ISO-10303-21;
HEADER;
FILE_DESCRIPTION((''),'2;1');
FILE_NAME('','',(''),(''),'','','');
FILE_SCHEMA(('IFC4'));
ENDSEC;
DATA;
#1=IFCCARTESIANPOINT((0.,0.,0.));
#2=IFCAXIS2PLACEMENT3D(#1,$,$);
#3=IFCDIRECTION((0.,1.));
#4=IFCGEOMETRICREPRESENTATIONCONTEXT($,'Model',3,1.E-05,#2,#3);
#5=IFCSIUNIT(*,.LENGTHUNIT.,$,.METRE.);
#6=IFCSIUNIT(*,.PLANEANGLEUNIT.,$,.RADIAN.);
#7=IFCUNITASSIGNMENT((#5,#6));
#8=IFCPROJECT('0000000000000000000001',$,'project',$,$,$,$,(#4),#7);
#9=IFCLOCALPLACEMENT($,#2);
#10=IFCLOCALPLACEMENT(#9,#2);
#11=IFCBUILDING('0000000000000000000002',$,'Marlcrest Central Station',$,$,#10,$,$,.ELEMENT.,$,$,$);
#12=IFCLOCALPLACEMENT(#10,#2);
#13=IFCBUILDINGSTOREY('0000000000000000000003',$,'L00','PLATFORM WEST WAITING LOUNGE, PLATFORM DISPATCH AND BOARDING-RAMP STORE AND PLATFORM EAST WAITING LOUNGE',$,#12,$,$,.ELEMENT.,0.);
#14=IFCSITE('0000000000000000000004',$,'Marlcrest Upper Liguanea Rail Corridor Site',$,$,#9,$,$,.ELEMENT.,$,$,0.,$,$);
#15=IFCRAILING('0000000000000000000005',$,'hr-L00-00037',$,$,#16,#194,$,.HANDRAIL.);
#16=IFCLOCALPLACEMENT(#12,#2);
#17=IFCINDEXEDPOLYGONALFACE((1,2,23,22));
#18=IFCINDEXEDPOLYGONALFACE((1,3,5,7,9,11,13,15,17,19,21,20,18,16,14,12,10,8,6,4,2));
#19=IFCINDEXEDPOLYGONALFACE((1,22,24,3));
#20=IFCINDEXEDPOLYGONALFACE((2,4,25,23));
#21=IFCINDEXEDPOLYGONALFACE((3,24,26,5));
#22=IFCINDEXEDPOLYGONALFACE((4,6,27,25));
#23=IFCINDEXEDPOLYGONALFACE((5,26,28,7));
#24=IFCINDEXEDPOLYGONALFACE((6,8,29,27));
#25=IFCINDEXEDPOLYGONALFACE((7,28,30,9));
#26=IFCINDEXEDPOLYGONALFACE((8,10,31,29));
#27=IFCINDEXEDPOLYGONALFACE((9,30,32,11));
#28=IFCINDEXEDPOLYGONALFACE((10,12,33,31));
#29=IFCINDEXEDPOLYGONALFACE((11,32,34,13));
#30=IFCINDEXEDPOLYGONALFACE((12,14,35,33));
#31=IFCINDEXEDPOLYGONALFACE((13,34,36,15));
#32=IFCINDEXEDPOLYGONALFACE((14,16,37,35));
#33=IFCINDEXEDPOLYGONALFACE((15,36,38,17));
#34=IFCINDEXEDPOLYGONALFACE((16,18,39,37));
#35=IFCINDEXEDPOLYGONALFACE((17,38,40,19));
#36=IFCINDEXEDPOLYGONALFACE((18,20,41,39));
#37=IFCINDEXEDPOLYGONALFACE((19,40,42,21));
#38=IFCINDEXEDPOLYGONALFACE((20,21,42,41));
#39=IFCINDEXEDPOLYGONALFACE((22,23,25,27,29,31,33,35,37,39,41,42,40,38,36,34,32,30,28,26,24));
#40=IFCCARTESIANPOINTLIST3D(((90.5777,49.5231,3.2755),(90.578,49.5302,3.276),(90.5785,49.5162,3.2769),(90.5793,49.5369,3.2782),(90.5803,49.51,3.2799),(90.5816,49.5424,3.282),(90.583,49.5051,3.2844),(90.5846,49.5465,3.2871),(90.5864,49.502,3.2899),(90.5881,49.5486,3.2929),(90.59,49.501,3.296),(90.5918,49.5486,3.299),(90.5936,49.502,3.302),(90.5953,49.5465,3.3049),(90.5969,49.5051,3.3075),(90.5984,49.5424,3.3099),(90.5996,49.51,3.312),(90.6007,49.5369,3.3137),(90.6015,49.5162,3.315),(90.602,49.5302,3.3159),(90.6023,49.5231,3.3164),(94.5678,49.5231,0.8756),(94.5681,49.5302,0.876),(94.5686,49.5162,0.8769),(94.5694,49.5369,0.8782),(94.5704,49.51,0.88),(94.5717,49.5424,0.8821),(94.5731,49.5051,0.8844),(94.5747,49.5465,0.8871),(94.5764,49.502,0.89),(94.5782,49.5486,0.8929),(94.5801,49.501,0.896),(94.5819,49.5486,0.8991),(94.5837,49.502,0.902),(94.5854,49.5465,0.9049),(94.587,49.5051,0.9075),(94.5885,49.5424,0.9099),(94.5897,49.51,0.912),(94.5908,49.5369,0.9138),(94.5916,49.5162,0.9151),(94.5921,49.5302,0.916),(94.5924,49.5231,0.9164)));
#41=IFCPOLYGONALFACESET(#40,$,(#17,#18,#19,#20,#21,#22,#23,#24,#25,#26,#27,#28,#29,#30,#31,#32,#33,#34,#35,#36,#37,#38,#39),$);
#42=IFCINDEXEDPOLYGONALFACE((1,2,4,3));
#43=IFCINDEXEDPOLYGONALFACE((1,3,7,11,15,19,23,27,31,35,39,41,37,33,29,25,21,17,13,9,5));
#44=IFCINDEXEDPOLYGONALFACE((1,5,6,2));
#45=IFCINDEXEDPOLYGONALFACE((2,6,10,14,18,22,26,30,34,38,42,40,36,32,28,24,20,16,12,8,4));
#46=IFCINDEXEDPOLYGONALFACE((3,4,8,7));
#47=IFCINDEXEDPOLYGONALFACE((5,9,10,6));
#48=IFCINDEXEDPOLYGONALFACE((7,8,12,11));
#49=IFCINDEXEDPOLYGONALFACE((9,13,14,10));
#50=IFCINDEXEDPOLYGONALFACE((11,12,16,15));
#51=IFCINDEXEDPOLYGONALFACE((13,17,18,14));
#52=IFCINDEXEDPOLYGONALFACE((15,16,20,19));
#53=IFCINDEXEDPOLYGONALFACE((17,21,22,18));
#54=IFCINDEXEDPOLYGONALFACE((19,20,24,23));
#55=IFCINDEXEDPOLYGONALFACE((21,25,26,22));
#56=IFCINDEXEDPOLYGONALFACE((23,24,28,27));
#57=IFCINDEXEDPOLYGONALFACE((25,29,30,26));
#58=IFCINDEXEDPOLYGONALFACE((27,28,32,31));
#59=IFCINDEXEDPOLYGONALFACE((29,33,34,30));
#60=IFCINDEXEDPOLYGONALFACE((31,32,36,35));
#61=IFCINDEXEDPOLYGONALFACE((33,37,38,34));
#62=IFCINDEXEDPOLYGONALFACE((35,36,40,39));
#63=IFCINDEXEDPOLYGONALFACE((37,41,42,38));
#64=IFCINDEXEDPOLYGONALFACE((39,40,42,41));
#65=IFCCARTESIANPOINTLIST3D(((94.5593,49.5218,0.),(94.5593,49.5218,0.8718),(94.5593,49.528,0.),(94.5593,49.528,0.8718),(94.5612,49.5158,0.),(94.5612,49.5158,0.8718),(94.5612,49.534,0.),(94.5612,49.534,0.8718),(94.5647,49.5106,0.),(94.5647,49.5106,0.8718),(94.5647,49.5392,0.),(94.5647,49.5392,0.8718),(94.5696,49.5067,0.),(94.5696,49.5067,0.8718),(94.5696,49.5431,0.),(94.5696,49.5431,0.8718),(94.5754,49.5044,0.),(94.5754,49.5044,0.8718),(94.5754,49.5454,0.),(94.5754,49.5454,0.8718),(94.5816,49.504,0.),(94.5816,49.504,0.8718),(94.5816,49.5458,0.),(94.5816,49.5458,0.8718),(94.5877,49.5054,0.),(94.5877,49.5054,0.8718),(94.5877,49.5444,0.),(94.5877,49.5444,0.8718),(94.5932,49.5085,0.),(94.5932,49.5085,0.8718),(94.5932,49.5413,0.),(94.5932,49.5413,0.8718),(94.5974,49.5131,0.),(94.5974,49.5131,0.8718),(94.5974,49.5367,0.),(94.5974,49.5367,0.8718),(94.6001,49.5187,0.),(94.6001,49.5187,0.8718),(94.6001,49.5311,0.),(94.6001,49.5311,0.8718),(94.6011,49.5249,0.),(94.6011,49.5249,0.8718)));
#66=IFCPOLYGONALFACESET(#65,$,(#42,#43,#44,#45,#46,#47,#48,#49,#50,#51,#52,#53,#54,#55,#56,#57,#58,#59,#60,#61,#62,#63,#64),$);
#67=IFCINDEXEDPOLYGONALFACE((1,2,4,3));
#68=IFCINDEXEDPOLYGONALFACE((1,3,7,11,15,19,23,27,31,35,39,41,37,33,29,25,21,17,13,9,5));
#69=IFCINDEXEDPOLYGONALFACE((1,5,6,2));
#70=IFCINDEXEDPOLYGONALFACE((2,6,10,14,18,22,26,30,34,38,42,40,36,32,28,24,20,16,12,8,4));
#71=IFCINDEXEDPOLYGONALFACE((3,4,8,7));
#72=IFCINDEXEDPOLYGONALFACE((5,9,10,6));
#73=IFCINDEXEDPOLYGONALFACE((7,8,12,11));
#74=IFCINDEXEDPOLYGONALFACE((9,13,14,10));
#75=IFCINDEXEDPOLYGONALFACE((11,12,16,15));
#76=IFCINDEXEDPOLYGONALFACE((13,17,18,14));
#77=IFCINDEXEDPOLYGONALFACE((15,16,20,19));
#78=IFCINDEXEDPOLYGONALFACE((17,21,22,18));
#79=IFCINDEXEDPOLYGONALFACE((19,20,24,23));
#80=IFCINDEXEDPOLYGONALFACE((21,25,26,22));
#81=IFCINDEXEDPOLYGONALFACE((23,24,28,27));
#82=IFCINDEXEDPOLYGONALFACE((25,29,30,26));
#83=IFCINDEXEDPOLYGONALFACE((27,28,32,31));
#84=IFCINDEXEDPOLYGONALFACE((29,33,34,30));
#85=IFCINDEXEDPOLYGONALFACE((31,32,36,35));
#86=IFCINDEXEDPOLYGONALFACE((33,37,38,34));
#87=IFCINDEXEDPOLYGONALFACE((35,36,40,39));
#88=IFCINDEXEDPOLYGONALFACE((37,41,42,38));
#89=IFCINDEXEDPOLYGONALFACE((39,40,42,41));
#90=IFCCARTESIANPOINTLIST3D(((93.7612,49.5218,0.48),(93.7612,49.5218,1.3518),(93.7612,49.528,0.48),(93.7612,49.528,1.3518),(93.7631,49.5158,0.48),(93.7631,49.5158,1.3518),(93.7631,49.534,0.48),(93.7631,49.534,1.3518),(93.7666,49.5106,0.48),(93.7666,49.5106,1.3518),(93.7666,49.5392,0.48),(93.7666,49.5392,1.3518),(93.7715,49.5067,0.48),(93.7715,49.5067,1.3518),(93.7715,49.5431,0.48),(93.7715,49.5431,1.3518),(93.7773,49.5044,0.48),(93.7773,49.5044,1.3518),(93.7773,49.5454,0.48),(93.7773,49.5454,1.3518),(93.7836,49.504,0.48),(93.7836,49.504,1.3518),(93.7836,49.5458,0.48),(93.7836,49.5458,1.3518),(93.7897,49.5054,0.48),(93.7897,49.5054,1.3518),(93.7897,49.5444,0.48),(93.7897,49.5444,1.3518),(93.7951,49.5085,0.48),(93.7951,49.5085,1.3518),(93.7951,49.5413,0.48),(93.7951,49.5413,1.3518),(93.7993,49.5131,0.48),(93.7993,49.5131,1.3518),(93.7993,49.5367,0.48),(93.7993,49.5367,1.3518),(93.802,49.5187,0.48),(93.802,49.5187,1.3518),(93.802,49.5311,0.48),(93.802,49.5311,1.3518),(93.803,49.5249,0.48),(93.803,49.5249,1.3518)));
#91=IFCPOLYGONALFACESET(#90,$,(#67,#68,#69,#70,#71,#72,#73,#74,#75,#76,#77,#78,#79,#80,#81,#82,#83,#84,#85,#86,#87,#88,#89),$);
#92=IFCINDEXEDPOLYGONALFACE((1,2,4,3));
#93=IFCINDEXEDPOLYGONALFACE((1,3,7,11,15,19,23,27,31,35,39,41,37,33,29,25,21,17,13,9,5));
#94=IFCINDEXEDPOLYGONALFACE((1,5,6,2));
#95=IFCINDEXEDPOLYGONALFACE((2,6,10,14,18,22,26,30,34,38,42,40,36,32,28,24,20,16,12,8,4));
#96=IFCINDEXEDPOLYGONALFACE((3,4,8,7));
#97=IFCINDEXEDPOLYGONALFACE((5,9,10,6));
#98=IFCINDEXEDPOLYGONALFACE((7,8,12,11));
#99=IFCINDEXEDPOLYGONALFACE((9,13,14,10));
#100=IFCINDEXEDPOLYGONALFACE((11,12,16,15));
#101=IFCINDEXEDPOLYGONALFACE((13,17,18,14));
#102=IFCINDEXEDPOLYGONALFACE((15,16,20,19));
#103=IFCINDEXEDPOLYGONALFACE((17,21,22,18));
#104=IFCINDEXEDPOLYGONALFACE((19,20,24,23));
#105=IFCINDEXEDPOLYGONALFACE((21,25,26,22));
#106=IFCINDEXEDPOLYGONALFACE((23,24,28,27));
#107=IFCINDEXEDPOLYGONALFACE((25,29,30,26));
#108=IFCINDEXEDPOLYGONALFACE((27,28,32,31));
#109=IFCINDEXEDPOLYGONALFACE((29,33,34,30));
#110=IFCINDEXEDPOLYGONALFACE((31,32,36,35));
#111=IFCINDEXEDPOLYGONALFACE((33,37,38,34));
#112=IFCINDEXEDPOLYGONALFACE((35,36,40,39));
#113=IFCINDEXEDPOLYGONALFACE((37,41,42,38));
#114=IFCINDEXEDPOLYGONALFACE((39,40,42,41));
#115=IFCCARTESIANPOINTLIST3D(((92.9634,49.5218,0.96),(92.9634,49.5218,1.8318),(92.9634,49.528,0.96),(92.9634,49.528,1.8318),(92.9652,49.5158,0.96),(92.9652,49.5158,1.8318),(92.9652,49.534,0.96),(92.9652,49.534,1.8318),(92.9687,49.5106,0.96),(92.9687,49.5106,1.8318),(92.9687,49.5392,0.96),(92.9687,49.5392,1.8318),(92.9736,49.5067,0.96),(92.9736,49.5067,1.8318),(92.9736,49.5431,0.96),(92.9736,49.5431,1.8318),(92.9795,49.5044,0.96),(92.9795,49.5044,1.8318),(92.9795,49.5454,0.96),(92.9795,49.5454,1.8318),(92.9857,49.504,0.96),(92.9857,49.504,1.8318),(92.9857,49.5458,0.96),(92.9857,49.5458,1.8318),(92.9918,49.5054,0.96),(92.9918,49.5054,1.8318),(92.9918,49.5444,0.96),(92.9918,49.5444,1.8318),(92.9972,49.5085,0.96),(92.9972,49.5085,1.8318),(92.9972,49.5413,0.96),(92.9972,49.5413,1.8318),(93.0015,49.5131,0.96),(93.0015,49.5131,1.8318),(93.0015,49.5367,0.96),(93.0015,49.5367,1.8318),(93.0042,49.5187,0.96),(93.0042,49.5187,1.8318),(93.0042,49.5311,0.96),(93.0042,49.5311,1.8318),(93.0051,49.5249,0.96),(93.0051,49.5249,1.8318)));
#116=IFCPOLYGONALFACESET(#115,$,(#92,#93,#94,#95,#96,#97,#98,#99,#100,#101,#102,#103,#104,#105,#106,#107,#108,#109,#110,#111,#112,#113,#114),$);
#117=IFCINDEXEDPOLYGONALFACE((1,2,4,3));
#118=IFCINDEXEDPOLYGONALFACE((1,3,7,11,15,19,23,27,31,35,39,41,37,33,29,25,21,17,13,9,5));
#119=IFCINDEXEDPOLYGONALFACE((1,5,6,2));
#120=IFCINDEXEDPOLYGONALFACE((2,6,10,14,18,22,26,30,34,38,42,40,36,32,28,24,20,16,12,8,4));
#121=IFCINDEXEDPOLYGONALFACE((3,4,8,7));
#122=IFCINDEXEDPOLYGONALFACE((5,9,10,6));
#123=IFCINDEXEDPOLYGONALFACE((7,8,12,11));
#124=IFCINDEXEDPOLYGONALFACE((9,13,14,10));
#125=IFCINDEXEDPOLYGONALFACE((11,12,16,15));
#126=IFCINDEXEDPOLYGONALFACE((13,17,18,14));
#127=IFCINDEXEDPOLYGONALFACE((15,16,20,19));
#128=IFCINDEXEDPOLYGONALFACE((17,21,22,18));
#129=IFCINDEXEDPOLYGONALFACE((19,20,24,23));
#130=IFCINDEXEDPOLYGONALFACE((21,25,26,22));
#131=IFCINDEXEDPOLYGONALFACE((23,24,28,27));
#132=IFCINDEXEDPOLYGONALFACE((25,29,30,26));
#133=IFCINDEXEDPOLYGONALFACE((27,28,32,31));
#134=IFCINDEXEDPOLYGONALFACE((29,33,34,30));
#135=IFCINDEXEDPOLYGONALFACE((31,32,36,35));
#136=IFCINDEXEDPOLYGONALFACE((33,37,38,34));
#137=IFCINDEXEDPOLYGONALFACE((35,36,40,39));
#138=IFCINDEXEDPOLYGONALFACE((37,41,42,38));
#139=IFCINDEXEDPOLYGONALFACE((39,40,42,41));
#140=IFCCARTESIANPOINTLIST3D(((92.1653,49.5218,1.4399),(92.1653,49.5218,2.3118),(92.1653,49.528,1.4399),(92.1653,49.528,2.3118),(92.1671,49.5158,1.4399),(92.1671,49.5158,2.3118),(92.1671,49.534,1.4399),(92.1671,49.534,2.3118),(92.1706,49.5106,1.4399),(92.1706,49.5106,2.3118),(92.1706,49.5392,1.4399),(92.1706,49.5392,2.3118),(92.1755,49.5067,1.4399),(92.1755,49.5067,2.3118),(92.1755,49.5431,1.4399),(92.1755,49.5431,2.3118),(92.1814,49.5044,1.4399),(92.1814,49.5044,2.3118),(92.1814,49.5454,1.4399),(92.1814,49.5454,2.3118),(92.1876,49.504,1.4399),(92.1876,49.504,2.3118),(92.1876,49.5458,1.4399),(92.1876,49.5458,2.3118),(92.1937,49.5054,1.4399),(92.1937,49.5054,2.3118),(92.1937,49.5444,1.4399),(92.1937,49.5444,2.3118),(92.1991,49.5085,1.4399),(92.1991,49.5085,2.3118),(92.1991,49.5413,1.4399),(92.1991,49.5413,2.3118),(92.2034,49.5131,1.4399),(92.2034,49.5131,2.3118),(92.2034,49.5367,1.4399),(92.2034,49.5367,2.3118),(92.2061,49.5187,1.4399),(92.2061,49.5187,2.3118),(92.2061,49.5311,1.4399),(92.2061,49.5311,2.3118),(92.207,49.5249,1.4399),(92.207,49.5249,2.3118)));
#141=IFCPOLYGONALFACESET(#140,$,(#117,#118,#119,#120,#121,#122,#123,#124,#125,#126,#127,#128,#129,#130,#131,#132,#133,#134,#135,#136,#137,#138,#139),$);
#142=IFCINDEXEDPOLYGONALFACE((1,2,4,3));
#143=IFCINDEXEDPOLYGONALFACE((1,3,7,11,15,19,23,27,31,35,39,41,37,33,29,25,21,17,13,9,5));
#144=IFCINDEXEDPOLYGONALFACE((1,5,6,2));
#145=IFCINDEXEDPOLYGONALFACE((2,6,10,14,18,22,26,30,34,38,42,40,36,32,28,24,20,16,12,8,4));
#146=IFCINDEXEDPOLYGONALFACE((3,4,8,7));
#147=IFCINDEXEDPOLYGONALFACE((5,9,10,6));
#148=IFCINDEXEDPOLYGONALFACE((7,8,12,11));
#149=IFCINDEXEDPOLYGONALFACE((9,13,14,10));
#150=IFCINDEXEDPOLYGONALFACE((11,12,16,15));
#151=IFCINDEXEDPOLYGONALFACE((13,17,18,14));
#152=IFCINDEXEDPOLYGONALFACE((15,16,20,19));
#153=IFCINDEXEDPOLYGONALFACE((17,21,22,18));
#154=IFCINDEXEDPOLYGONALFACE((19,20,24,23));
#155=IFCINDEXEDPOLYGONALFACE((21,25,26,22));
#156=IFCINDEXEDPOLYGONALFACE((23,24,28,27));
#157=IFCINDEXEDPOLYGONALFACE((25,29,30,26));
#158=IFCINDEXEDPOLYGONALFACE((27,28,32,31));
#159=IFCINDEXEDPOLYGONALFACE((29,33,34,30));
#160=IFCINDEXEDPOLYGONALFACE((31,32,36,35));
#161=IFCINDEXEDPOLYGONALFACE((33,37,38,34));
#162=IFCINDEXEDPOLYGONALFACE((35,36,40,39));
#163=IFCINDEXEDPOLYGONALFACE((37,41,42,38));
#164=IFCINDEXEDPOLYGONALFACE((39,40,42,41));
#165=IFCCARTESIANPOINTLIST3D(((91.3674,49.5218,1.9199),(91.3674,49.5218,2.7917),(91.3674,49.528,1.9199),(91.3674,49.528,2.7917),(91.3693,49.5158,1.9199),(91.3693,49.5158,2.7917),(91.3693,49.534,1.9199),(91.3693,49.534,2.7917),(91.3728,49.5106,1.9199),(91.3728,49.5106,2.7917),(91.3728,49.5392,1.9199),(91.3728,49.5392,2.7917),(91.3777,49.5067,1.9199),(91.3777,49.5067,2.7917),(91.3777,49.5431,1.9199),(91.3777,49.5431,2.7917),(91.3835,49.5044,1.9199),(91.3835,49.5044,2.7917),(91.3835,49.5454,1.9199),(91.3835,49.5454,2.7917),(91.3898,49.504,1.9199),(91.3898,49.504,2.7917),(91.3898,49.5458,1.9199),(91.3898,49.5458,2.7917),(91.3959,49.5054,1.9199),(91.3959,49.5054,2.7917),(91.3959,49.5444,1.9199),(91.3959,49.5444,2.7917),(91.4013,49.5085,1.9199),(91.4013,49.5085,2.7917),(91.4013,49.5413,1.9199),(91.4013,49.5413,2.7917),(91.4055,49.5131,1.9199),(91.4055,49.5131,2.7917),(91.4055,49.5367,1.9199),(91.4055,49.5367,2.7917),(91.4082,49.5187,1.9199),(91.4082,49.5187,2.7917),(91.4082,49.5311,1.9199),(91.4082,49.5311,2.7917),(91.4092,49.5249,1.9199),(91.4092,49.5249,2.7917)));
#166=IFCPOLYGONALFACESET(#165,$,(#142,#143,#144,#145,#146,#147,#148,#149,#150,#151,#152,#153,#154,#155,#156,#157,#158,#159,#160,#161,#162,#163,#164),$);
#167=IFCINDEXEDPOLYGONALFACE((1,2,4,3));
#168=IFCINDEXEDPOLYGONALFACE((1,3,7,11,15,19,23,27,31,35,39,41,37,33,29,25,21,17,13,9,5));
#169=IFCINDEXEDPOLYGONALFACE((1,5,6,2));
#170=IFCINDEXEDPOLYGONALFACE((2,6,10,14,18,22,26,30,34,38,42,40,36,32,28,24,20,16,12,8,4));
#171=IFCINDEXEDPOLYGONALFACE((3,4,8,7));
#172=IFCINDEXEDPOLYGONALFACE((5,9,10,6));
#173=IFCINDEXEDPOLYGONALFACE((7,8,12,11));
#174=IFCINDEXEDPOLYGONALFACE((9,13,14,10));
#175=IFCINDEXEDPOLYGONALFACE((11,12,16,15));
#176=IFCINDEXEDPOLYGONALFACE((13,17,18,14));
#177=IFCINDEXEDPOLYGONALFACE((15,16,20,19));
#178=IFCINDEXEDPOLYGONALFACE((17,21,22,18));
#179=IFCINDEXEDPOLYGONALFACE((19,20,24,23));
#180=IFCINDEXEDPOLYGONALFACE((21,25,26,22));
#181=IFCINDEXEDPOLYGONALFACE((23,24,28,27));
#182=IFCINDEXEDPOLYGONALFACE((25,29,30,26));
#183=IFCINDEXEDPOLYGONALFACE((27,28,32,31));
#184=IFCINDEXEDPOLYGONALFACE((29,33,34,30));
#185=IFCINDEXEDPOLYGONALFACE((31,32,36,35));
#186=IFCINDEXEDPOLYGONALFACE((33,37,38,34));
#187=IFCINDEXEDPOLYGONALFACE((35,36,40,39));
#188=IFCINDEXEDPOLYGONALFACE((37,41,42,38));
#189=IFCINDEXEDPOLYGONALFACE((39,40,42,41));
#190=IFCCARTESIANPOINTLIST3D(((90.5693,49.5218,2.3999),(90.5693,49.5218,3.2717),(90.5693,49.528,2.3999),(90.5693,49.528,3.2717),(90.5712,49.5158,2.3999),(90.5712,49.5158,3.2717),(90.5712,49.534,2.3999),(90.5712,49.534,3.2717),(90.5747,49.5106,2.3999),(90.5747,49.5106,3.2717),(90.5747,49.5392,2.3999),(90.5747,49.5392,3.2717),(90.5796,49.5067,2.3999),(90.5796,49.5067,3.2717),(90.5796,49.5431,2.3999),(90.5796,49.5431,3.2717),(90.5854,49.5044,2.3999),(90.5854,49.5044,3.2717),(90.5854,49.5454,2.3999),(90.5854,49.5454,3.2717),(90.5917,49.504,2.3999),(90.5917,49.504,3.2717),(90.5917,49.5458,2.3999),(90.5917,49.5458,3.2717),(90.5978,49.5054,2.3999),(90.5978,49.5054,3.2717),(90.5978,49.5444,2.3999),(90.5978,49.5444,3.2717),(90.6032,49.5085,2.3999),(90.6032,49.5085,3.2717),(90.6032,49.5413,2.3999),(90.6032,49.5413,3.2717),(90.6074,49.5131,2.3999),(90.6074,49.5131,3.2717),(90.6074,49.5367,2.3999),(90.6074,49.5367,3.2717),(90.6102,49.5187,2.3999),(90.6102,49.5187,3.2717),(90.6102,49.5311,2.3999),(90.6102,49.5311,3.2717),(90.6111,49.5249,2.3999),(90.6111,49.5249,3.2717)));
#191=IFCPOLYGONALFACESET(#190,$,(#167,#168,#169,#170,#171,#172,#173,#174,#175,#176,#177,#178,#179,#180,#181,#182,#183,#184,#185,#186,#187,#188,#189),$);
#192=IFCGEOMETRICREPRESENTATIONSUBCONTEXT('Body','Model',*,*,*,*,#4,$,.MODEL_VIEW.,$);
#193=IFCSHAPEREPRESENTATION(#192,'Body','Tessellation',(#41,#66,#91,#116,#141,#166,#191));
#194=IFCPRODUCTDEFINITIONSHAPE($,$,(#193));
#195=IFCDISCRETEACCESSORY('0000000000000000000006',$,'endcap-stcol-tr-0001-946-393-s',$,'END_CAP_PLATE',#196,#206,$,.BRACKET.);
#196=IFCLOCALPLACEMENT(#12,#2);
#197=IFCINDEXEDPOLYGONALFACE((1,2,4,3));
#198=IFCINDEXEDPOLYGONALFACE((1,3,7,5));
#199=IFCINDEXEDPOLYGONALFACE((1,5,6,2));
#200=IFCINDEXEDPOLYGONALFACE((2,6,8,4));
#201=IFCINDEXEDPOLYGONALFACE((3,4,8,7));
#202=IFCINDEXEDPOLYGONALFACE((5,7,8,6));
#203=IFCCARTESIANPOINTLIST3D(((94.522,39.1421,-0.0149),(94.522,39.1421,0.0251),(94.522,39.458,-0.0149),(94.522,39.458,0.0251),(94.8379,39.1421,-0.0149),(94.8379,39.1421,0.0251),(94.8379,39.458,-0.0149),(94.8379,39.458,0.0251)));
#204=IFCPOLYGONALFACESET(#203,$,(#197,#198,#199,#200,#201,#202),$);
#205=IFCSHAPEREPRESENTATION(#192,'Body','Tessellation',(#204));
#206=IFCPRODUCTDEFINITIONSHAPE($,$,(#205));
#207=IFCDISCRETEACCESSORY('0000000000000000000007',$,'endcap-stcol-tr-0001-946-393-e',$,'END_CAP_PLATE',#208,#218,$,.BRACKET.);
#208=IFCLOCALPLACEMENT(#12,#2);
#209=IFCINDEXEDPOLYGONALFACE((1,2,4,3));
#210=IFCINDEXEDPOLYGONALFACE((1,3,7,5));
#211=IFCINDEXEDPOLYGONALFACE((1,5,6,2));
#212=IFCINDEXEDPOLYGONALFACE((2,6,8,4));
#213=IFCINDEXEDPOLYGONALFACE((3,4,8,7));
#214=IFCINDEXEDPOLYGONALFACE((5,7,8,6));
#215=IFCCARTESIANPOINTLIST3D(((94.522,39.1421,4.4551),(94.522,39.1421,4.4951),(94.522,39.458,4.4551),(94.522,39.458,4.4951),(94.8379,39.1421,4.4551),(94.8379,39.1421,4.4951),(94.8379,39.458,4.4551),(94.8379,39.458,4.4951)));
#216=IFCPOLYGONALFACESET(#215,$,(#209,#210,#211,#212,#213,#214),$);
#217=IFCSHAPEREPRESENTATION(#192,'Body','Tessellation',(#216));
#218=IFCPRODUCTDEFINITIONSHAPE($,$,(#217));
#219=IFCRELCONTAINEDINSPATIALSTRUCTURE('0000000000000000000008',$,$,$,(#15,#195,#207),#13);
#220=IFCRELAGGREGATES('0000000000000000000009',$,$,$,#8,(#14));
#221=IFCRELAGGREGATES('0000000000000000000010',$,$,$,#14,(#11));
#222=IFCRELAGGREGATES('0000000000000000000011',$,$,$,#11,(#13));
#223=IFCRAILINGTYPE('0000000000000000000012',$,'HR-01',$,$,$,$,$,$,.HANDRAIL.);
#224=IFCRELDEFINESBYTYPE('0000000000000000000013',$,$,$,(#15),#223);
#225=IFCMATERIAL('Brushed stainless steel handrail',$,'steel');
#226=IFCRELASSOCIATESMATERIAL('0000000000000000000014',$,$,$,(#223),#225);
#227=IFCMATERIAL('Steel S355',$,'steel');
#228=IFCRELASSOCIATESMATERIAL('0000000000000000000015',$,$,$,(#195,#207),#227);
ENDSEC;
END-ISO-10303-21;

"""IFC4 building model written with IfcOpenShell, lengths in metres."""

from ifc_helpers import new_model, si_unit, direction, frame, origin, origin_2d, place, context, subcontext, project, spatial, rectangle, circle, extrude, material, type_object, element, save


model = new_model("IFC4")

# Units and contexts
model_context = context("Model", 3, precision=1e-05, world=origin(), true_north=direction((0.0, 1.0)))
body_context = subcontext(model_context, "Body", "Model", "MODEL_VIEW")
ifc_project = project(units=[si_unit("LENGTHUNIT", "METRE"), si_unit("PLANEANGLEUNIT", "RADIAN")], contexts=[model_context])

# Site, building, storey
site_placement = place(None, origin())
site = spatial("IfcSite", under=ifc_project, at=site_placement, Name="Marlcrest Upper Liguanea Rail Corridor Site", CompositionType="ELEMENT", RefElevation=0.0)
building_placement = place(site_placement, origin())
building = spatial("IfcBuilding", under=site, at=building_placement, Name="Marlcrest Central Station", CompositionType="ELEMENT")
storey_placement = place(building_placement, origin())
storey = spatial("IfcBuildingStorey", under=building, at=storey_placement, Name="L00", Description="PLATFORM WEST WAITING LOUNGE, PLATFORM DISPATCH AND BOARDING-RAMP STORE AND PLATFORM EAST WAITING LOUNGE", CompositionType="ELEMENT", Elevation=0.0)

# Shared definitions
ifc_material_1 = material(Name="Steel S355", Category="steel")

# Railing
ifc_material_2 = material(Name="Brushed stainless steel handrail", Category="steel")
railing_type = type_object("IfcRailingType", Name="HR-01", PredefinedType="HANDRAIL", material=ifc_material_2)
railing_1_placement = place(storey_placement, frame((94.5801, 49.5249, 0.0)))
element("IfcRailing", 1, at=railing_1_placement, inside=storey, type_object=railing_type, Name="hr-L00-00037", PredefinedType="HANDRAIL", context=body_context, shape_type="SweptSolid", body=[
    extrude(circle(Radius=0.0239, at=origin_2d()), frame((0.0, 0.0, 0.896), z_axis=(-0.856933, 0.0, 0.515428), x_axis=(0.0, -1.0, 0.0)), (0.0, 0.0, 1.0), 4.6562),
    extrude(circle(Radius=0.021, at=origin_2d()), origin(), (0.0, 0.0, 1.0), 0.8718),
    extrude(circle(Radius=0.021, at=origin_2d()), frame((-0.7981, 0.0, 0.48)), (0.0, 0.0, 1.0), 0.8718),
    extrude(circle(Radius=0.021, at=origin_2d()), frame((-1.5959, 0.0, 0.96)), (0.0, 0.0, 1.0), 0.8718),
    extrude(circle(Radius=0.021, at=origin_2d()), frame((-2.394, 0.0, 1.4399)), (0.0, 0.0, 1.0), 0.8718),
    extrude(circle(Radius=0.021, at=origin_2d()), frame((-3.1919, 0.0, 1.9199)), (0.0, 0.0, 1.0), 0.8718),
    extrude(circle(Radius=0.021, at=origin_2d()), frame((-3.99, 0.0, 2.3999)), (0.0, 0.0, 1.0), 0.8718),
])

# Discrete accessories
for number, where, z_axis, x_axis, name in (
    (2, (94.6799, 39.3, -0.0149), (0.0, 0.0, 1.0), (1.0, 0.0, 0.0), "endcap-stcol-tr-0001-946-393-s"),
    (3, (94.6799, 39.3, 4.4551), (0.0, 0.0, 1.0), (1.0, 0.0, 0.0), "endcap-stcol-tr-0001-946-393-e"),
):
    element("IfcDiscreteAccessory", number, at=place(storey_placement, frame(where, z_axis=z_axis, x_axis=x_axis)), inside=storey, material=ifc_material_1, Name=name, ObjectType="END_CAP_PLATE", PredefinedType="BRACKET", context=body_context, shape_type="SweptSolid", body=[
        extrude(rectangle(XDim=0.3159, YDim=0.3159, at=origin_2d()), origin(), (0.0, 0.0, 1.0), 0.04),
    ])

save(model, "model.ifc")
